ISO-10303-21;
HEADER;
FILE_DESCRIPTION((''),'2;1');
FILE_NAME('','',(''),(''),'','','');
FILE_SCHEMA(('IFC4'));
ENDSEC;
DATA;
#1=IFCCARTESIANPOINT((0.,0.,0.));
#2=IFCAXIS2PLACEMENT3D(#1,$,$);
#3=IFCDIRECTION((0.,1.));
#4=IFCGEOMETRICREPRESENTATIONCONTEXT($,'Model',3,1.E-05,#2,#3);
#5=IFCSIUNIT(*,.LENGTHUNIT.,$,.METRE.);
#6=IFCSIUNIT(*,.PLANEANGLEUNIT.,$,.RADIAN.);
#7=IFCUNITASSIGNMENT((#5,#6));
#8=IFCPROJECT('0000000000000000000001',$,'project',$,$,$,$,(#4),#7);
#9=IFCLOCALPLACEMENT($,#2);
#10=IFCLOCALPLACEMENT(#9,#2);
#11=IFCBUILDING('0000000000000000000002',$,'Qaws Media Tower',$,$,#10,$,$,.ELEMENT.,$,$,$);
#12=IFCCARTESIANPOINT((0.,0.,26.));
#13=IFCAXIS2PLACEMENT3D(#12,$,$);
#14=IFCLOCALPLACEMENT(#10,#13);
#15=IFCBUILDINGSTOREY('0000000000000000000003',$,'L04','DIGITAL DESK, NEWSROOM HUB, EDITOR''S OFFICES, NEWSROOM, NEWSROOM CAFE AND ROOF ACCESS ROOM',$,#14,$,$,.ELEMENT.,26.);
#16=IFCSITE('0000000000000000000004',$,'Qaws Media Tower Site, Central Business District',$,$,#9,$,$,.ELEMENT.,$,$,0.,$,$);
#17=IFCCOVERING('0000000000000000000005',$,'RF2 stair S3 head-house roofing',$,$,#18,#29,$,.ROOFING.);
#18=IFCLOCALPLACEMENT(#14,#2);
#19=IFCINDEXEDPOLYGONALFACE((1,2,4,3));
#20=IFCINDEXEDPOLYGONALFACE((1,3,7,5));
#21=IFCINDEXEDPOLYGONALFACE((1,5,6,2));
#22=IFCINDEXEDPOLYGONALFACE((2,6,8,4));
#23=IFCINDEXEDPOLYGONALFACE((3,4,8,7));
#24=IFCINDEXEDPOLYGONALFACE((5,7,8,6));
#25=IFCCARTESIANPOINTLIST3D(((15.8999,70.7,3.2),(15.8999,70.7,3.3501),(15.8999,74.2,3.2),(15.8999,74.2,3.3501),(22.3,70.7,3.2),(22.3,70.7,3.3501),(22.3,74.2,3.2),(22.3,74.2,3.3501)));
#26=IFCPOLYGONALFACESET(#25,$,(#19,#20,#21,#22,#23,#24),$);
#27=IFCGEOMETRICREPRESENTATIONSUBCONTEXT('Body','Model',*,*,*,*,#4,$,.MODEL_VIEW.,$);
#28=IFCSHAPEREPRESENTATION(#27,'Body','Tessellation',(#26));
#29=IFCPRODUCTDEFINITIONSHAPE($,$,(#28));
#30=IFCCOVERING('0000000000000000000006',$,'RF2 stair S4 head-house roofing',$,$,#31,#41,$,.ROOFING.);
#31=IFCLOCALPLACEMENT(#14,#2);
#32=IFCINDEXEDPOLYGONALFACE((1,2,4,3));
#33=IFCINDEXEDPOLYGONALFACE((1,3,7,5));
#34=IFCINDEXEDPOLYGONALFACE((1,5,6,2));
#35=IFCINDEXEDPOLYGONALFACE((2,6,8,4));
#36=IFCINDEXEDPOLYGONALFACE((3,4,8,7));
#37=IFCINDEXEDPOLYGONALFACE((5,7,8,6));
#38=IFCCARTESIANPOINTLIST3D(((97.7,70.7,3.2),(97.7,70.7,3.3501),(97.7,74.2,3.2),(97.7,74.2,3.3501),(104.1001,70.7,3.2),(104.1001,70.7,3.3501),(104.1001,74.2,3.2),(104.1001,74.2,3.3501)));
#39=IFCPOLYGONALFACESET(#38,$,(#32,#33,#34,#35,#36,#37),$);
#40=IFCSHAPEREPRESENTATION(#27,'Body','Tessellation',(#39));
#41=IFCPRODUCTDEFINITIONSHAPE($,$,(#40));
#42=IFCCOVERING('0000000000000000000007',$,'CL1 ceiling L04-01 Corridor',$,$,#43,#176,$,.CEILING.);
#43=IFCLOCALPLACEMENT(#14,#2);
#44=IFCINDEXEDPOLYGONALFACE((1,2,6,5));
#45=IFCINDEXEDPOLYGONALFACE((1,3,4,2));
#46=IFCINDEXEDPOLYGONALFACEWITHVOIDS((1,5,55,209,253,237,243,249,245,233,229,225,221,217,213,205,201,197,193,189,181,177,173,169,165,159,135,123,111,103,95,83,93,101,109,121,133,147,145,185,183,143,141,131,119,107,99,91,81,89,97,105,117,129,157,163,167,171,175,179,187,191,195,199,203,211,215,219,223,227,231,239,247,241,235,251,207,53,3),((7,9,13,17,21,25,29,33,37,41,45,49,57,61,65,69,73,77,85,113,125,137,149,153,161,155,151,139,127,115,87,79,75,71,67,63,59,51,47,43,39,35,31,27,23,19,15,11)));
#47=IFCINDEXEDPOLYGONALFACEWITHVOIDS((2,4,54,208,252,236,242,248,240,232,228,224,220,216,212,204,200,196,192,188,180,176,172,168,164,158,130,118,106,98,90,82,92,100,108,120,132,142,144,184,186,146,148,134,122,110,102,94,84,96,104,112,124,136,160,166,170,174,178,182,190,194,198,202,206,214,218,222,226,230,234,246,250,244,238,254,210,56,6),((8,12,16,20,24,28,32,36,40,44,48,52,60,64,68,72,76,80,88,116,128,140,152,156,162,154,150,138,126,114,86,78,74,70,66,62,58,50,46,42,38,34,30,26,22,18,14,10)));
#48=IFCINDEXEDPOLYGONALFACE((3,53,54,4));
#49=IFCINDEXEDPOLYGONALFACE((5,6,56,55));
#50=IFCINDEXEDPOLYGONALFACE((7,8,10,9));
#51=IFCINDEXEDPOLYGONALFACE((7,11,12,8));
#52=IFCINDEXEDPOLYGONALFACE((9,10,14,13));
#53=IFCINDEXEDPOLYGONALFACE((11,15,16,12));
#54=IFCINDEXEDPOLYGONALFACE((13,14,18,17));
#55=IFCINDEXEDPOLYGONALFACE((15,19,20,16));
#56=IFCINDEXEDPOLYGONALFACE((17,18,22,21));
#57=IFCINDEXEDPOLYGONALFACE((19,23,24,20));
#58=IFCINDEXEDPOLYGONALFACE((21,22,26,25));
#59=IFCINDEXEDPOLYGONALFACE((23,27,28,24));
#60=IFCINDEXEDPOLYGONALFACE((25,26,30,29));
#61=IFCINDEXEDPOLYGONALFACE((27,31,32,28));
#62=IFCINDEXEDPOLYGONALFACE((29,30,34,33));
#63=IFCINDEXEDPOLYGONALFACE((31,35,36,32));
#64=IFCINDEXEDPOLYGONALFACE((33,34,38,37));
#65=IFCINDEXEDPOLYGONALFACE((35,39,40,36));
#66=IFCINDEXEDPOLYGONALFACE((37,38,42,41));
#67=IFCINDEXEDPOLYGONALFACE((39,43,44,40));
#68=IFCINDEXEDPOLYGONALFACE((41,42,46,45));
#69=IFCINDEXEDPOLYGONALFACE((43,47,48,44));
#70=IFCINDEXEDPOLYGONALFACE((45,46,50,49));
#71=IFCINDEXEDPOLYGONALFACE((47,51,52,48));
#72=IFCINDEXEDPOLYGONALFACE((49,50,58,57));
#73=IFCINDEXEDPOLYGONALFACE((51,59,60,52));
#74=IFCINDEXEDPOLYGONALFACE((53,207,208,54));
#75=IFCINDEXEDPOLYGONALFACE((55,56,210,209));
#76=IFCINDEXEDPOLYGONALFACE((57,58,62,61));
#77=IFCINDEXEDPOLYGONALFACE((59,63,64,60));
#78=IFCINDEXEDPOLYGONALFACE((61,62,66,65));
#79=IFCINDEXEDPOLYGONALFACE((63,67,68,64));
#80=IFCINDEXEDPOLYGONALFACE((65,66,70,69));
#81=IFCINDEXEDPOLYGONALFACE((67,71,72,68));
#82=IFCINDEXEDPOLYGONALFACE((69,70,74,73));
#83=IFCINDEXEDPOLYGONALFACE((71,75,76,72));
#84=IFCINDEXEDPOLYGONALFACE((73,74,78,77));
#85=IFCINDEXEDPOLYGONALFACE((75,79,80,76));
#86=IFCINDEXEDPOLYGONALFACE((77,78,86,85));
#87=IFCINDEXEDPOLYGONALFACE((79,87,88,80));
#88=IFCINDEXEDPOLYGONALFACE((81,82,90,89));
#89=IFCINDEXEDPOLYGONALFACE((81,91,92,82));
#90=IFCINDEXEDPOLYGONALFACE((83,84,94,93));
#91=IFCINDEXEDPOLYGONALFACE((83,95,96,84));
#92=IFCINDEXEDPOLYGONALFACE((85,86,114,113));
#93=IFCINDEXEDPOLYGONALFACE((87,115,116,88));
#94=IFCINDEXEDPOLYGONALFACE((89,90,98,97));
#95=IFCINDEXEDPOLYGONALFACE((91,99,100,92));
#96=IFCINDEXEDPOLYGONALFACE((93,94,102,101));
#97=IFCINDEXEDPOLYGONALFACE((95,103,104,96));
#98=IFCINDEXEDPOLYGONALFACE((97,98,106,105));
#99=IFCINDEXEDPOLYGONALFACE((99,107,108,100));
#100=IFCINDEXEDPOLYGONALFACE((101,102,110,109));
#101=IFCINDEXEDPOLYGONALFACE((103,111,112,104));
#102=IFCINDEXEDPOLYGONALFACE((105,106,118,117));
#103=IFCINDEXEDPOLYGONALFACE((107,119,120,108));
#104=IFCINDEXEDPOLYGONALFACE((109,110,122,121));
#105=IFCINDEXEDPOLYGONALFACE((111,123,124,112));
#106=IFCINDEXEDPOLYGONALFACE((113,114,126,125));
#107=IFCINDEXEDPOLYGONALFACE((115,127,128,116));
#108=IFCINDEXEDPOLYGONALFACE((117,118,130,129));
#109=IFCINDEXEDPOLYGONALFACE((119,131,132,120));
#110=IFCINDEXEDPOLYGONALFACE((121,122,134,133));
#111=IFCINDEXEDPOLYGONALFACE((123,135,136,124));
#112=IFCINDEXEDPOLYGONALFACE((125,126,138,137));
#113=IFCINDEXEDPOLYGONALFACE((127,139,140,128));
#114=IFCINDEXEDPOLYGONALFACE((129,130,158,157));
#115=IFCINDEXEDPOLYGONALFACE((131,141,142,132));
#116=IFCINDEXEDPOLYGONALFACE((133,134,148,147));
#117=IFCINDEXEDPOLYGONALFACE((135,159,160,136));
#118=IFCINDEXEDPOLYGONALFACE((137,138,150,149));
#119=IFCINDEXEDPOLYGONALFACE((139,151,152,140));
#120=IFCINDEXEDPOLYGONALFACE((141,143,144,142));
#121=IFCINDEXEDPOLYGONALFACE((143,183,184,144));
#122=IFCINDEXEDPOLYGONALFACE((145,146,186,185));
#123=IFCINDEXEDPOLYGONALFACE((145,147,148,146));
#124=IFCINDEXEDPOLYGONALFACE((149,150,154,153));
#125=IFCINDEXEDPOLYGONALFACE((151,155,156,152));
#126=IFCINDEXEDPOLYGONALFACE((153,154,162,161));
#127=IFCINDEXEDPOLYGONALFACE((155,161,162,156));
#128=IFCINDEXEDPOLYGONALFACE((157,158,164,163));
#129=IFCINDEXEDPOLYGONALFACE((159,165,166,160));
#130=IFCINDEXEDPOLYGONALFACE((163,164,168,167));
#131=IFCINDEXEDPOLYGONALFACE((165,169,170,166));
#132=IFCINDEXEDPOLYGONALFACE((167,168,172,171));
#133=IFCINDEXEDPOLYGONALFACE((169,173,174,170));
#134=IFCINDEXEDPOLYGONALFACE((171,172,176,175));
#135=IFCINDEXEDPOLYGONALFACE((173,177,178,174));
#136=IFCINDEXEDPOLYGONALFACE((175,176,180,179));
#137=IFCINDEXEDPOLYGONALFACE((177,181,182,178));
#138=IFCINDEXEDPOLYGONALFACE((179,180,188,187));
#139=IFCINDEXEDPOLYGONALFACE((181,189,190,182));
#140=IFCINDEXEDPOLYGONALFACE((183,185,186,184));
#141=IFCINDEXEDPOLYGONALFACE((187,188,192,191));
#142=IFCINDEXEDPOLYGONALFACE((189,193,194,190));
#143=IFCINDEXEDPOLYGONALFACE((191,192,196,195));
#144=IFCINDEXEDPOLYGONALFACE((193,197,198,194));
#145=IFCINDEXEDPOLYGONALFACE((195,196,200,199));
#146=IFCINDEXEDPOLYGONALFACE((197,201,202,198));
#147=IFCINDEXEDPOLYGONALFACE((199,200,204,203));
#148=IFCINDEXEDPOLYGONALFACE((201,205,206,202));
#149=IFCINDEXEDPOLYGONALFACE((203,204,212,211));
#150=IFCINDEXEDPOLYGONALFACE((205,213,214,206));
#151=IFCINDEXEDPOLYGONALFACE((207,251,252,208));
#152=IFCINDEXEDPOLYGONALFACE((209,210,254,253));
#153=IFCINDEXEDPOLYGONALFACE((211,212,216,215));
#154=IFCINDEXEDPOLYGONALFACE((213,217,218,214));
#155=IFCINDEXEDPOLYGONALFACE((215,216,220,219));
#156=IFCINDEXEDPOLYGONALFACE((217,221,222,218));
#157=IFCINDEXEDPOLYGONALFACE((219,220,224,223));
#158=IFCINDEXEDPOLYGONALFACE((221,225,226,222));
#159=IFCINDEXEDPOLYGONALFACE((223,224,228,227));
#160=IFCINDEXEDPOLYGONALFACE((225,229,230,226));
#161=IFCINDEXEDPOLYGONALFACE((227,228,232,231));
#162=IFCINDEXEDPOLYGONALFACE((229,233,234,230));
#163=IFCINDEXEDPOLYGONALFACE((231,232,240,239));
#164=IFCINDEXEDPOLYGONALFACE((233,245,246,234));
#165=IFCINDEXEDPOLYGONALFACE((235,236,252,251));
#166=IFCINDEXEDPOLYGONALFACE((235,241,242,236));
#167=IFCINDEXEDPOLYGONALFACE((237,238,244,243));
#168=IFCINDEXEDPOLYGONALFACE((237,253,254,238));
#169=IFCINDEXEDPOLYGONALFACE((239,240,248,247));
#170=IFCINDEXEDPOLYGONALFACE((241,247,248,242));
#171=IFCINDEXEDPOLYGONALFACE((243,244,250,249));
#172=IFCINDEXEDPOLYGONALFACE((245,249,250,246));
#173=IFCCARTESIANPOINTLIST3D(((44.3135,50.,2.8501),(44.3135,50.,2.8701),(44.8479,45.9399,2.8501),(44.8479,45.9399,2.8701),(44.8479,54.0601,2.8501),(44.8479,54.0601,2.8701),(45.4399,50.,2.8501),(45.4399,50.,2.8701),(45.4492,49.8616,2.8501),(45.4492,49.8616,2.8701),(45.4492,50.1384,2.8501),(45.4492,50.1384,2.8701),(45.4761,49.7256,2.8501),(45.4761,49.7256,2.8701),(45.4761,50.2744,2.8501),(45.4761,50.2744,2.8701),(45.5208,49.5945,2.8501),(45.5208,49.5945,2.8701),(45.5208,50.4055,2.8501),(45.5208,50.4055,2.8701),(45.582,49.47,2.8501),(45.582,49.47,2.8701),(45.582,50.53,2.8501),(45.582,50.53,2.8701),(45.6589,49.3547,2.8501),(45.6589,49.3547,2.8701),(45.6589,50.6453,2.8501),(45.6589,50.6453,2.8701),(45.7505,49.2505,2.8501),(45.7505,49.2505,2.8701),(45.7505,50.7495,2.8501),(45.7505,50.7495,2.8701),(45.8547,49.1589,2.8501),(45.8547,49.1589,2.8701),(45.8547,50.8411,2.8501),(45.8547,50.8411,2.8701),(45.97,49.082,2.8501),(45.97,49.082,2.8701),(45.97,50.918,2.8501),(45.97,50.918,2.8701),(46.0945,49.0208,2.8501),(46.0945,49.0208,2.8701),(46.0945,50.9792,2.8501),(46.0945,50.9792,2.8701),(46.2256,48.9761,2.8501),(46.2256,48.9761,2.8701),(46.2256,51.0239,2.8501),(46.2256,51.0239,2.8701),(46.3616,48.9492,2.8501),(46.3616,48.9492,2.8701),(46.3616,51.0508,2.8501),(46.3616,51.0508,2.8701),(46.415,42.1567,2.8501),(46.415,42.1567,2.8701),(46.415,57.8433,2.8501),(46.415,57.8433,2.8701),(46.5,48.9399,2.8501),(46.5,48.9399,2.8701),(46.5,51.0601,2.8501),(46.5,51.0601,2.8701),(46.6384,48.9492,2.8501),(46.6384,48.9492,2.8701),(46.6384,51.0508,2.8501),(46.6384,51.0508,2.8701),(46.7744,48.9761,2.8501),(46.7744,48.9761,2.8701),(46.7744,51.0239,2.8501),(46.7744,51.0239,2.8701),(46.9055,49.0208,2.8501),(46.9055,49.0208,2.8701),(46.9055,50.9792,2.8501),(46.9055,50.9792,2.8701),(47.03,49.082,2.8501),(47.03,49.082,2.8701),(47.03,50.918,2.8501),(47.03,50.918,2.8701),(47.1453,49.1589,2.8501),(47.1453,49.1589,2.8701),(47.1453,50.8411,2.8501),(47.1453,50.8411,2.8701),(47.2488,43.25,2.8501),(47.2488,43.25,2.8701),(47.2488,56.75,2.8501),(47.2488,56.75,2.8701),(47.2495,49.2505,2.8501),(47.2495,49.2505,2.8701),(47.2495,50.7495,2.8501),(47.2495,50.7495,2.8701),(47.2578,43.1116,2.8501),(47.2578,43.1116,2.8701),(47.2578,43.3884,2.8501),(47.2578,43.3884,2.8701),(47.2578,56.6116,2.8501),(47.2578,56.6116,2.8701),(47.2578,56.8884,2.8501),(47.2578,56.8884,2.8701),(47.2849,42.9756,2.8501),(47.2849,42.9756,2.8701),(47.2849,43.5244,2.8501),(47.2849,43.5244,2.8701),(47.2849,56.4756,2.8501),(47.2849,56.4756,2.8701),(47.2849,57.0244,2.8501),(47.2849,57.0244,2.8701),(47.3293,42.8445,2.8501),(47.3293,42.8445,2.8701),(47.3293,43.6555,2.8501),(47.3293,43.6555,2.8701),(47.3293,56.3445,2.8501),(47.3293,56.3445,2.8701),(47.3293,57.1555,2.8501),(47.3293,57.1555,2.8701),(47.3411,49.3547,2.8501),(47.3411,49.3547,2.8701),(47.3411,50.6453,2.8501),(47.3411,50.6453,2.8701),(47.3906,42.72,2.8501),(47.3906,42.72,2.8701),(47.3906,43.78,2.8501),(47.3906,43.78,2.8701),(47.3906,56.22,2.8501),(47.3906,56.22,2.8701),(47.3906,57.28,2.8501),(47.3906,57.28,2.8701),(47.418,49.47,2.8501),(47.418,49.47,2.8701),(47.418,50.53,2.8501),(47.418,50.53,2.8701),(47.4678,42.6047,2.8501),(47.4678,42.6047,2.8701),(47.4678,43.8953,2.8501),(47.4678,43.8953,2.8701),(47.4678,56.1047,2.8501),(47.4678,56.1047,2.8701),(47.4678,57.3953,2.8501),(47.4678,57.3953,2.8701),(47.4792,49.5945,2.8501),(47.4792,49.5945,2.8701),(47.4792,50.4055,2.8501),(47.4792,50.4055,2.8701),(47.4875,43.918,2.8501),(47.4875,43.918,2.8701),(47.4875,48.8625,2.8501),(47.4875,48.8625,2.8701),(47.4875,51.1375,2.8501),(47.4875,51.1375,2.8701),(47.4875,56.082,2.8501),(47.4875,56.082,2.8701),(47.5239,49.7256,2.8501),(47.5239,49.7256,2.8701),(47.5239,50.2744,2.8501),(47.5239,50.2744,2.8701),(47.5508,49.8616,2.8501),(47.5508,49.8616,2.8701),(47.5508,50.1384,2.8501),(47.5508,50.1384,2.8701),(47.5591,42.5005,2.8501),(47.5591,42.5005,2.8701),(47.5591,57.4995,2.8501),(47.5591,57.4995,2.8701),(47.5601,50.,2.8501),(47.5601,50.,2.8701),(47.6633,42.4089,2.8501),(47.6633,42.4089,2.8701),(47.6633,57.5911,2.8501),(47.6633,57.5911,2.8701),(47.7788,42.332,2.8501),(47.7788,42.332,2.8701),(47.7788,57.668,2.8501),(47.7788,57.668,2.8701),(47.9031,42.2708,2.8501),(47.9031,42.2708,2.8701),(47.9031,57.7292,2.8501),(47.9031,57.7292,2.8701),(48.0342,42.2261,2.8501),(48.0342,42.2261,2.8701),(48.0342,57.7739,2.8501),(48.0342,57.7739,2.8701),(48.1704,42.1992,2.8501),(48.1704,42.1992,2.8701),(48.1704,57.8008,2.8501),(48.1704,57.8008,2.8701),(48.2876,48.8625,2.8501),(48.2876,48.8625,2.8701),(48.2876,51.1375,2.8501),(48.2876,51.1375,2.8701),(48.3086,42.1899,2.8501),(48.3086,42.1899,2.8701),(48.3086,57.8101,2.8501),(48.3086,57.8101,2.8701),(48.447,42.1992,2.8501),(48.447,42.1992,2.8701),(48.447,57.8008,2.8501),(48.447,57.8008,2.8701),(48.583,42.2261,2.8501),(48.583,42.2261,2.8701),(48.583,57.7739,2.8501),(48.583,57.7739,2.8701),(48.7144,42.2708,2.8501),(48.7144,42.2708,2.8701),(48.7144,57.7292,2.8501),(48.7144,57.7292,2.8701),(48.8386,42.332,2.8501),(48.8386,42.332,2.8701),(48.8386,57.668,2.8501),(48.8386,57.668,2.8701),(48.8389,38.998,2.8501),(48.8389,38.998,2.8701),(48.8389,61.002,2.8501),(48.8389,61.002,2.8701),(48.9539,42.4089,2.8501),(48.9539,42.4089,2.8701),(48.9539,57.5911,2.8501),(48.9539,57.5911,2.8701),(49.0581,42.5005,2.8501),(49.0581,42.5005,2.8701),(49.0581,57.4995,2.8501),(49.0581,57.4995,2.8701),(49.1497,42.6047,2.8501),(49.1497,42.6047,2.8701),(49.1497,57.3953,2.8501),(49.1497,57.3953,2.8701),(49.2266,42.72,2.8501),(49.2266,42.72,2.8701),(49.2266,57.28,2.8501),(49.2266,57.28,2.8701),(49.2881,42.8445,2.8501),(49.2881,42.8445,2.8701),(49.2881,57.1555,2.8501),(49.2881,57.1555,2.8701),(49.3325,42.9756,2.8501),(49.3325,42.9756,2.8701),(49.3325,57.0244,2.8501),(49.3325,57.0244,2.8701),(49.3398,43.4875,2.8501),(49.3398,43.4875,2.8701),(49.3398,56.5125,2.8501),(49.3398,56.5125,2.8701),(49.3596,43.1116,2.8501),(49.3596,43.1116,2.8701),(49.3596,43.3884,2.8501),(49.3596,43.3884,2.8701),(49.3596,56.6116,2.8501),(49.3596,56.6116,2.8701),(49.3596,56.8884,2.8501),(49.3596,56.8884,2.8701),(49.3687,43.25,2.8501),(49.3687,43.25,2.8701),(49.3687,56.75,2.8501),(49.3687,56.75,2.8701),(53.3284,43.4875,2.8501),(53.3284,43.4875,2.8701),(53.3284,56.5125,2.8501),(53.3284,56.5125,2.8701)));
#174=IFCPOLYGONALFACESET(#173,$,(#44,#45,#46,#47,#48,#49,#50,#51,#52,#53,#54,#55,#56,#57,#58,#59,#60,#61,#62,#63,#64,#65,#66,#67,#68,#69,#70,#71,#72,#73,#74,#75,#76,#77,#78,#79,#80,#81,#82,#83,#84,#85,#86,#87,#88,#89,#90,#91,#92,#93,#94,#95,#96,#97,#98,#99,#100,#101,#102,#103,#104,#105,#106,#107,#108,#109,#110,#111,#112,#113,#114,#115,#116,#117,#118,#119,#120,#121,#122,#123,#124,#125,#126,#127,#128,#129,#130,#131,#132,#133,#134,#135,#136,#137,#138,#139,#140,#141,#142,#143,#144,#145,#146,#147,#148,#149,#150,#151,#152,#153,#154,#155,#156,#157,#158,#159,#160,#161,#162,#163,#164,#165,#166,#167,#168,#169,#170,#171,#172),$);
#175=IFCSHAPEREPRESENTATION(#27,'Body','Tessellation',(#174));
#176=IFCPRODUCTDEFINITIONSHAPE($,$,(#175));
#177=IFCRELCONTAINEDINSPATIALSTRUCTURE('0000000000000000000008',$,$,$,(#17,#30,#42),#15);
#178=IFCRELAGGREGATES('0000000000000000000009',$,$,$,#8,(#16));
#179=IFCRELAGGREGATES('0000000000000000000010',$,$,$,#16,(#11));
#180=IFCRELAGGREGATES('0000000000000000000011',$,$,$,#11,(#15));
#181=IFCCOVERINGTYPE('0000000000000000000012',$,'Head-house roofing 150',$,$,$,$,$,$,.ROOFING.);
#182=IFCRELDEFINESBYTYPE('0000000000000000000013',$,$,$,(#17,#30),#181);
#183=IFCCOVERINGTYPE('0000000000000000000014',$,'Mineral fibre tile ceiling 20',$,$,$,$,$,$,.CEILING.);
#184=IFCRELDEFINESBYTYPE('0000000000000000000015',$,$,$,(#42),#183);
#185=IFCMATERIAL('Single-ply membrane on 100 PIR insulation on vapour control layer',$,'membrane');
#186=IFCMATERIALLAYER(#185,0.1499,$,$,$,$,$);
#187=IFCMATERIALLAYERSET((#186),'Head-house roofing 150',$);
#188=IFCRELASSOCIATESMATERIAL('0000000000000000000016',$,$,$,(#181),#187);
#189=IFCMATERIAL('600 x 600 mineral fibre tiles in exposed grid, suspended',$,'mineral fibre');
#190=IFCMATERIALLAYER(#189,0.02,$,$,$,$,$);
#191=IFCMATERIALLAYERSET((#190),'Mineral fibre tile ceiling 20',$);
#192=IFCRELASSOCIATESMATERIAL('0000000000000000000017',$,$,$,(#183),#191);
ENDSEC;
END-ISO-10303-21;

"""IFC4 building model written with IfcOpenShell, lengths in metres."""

from ifc_helpers import new_model, si_unit, direction, frame, origin, place, context, subcontext, project, spatial, polyline, outline, extrude, material, layer, layer_set, type_object, element, save


model = new_model("IFC4")

# Units and contexts
model_context = context("Model", 3, precision=1e-05, world=origin(), true_north=direction((0.0, 1.0)))
body_context = subcontext(model_context, "Body", "Model", "MODEL_VIEW")
ifc_project = project(units=[si_unit("LENGTHUNIT", "METRE"), si_unit("PLANEANGLEUNIT", "RADIAN")], contexts=[model_context])

# Site, building, storey
site_placement = place(None, origin())
site = spatial("IfcSite", under=ifc_project, at=site_placement, Name="Qaws Media Tower Site, Central Business District", CompositionType="ELEMENT", RefElevation=0.0)
building_placement = place(site_placement, origin())
building = spatial("IfcBuilding", under=site, at=building_placement, Name="Qaws Media Tower", CompositionType="ELEMENT")
storey_placement = place(building_placement, frame((0.0, 0.0, 26.0)))
storey = spatial("IfcBuildingStorey", under=building, at=storey_placement, Name="L04", Description="DIGITAL DESK, NEWSROOM HUB, EDITOR'S OFFICES, NEWSROOM, NEWSROOM CAFE AND ROOF ACCESS ROOM", CompositionType="ELEMENT", Elevation=26.0)

# Coverings
ifc_material_1 = material(Name="Single-ply membrane on 100 PIR insulation on vapour control layer", Category="membrane")
ifc_layer_1 = layer(ifc_material_1, 0.1499)
ifc_layer_set_1 = layer_set([ifc_layer_1], Name="Head-house roofing 150")
covering_type_1 = type_object("IfcCoveringType", Name="Head-house roofing 150", PredefinedType="ROOFING", material=ifc_layer_set_1)
covering_1_placement = place(storey_placement, frame((0.0, 0.0, 3.2)))
element("IfcCovering", 1, at=covering_1_placement, inside=storey, type_object=covering_type_1, Name="RF2 stair S3 head-house roofing", PredefinedType="ROOFING", context=body_context, shape_type="SweptSolid", body=[
    extrude(outline(polyline([(15.8999, 70.7), (22.3, 70.7), (22.3, 74.2), (15.8999, 74.2), (15.8999, 70.7)])), origin(), (0.0, 0.0, 1.0), 0.1501),
])
covering_2_placement = place(storey_placement, frame((0.0, 0.0, 3.2)))
element("IfcCovering", 2, at=covering_2_placement, inside=storey, type_object=covering_type_1, Name="RF2 stair S4 head-house roofing", PredefinedType="ROOFING", context=body_context, shape_type="SweptSolid", body=[
    extrude(outline(polyline([(97.7, 70.7), (104.1001, 70.7), (104.1001, 74.2), (97.7, 74.2), (97.7, 70.7)])), origin(), (0.0, 0.0, 1.0), 0.1501),
])
ifc_material_2 = material(Name="600 x 600 mineral fibre tiles in exposed grid, suspended", Category="mineral fibre")
ifc_layer_2 = layer(ifc_material_2, 0.02)
ifc_layer_set_2 = layer_set([ifc_layer_2], Name="Mineral fibre tile ceiling 20")
covering_type_2 = type_object("IfcCoveringType", Name="Mineral fibre tile ceiling 20", PredefinedType="CEILING", material=ifc_layer_set_2)
covering_3_placement = place(storey_placement, frame((0.0, 0.0, 2.8501)))
element("IfcCovering", 3, at=covering_3_placement, inside=storey, type_object=covering_type_2, Name="CL1 ceiling L04-01 Corridor", PredefinedType="CEILING", context=body_context, shape_type="SweptSolid", body=[
    extrude(outline(polyline([(44.3135, 50.0), (44.8479, 54.0601), (46.415, 57.8433), (48.8389, 61.002), (53.3284, 56.5125), (49.3398, 56.5125), (49.3596, 56.6116), (49.3687, 56.75), (49.3596, 56.8884), (49.3325, 57.0244), (49.2881, 57.1555), (49.2266, 57.28), (49.1497, 57.3953), (49.0581, 57.4995), (48.9539, 57.5911), (48.8386, 57.668), (48.7144, 57.7292), (48.583, 57.7739), (48.447, 57.8008), (48.3086, 57.8101), (48.1704, 57.8008), (48.0342, 57.7739), (47.9031, 57.7292), (47.7788, 57.668), (47.6633, 57.5911), (47.5591, 57.4995), (47.4678, 57.3953), (47.3906, 57.28), (47.3293, 57.1555), (47.2849, 57.0244), (47.2578, 56.8884), (47.2488, 56.75), (47.2578, 56.6116), (47.2849, 56.4756), (47.3293, 56.3445), (47.3906, 56.22), (47.4678, 56.1047), (47.4875, 56.082), (47.4875, 51.1375), (48.2876, 51.1375), (48.2876, 48.8625), (47.4875, 48.8625), (47.4875, 43.918), (47.4678, 43.8953), (47.3906, 43.78), (47.3293, 43.6555), (47.2849, 43.5244), (47.2578, 43.3884), (47.2488, 43.25), (47.2578, 43.1116), (47.2849, 42.9756), (47.3293, 42.8445), (47.3906, 42.72), (47.4678, 42.6047), (47.5591, 42.5005), (47.6633, 42.4089), (47.7788, 42.332), (47.9031, 42.2708), (48.0342, 42.2261), (48.1704, 42.1992), (48.3086, 42.1899), (48.447, 42.1992), (48.583, 42.2261), (48.7144, 42.2708), (48.8386, 42.332), (48.9539, 42.4089), (49.0581, 42.5005), (49.1497, 42.6047), (49.2266, 42.72), (49.2881, 42.8445), (49.3325, 42.9756), (49.3596, 43.1116), (49.3687, 43.25), (49.3596, 43.3884), (49.3398, 43.4875), (53.3284, 43.4875), (48.8389, 38.998), (46.415, 42.1567), (44.8479, 45.9399), (44.3135, 50.0)]), holes=[polyline([(47.4792, 49.5945), (47.5239, 49.7256), (47.5508, 49.8616), (47.5601, 50.0), (47.5508, 50.1384), (47.5239, 50.2744), (47.4792, 50.4055), (47.418, 50.53), (47.3411, 50.6453), (47.2495, 50.7495), (47.1453, 50.8411), (47.03, 50.918), (46.9055, 50.9792), (46.7744, 51.0239), (46.6384, 51.0508), (46.5, 51.0601), (46.3616, 51.0508), (46.2256, 51.0239), (46.0945, 50.9792), (45.97, 50.918), (45.8547, 50.8411), (45.7505, 50.7495), (45.6589, 50.6453), (45.582, 50.53), (45.5208, 50.4055), (45.4761, 50.2744), (45.4492, 50.1384), (45.4399, 50.0), (45.4492, 49.8616), (45.4761, 49.7256), (45.5208, 49.5945), (45.582, 49.47), (45.6589, 49.3547), (45.7505, 49.2505), (45.8547, 49.1589), (45.97, 49.082), (46.0945, 49.0208), (46.2256, 48.9761), (46.3616, 48.9492), (46.5, 48.9399), (46.6384, 48.9492), (46.7744, 48.9761), (46.9055, 49.0208), (47.03, 49.082), (47.1453, 49.1589), (47.2495, 49.2505), (47.3411, 49.3547), (47.418, 49.47), (47.4792, 49.5945)])]), origin(), (0.0, 0.0, 1.0), 0.02),
])

save(model, "model.ifc")
